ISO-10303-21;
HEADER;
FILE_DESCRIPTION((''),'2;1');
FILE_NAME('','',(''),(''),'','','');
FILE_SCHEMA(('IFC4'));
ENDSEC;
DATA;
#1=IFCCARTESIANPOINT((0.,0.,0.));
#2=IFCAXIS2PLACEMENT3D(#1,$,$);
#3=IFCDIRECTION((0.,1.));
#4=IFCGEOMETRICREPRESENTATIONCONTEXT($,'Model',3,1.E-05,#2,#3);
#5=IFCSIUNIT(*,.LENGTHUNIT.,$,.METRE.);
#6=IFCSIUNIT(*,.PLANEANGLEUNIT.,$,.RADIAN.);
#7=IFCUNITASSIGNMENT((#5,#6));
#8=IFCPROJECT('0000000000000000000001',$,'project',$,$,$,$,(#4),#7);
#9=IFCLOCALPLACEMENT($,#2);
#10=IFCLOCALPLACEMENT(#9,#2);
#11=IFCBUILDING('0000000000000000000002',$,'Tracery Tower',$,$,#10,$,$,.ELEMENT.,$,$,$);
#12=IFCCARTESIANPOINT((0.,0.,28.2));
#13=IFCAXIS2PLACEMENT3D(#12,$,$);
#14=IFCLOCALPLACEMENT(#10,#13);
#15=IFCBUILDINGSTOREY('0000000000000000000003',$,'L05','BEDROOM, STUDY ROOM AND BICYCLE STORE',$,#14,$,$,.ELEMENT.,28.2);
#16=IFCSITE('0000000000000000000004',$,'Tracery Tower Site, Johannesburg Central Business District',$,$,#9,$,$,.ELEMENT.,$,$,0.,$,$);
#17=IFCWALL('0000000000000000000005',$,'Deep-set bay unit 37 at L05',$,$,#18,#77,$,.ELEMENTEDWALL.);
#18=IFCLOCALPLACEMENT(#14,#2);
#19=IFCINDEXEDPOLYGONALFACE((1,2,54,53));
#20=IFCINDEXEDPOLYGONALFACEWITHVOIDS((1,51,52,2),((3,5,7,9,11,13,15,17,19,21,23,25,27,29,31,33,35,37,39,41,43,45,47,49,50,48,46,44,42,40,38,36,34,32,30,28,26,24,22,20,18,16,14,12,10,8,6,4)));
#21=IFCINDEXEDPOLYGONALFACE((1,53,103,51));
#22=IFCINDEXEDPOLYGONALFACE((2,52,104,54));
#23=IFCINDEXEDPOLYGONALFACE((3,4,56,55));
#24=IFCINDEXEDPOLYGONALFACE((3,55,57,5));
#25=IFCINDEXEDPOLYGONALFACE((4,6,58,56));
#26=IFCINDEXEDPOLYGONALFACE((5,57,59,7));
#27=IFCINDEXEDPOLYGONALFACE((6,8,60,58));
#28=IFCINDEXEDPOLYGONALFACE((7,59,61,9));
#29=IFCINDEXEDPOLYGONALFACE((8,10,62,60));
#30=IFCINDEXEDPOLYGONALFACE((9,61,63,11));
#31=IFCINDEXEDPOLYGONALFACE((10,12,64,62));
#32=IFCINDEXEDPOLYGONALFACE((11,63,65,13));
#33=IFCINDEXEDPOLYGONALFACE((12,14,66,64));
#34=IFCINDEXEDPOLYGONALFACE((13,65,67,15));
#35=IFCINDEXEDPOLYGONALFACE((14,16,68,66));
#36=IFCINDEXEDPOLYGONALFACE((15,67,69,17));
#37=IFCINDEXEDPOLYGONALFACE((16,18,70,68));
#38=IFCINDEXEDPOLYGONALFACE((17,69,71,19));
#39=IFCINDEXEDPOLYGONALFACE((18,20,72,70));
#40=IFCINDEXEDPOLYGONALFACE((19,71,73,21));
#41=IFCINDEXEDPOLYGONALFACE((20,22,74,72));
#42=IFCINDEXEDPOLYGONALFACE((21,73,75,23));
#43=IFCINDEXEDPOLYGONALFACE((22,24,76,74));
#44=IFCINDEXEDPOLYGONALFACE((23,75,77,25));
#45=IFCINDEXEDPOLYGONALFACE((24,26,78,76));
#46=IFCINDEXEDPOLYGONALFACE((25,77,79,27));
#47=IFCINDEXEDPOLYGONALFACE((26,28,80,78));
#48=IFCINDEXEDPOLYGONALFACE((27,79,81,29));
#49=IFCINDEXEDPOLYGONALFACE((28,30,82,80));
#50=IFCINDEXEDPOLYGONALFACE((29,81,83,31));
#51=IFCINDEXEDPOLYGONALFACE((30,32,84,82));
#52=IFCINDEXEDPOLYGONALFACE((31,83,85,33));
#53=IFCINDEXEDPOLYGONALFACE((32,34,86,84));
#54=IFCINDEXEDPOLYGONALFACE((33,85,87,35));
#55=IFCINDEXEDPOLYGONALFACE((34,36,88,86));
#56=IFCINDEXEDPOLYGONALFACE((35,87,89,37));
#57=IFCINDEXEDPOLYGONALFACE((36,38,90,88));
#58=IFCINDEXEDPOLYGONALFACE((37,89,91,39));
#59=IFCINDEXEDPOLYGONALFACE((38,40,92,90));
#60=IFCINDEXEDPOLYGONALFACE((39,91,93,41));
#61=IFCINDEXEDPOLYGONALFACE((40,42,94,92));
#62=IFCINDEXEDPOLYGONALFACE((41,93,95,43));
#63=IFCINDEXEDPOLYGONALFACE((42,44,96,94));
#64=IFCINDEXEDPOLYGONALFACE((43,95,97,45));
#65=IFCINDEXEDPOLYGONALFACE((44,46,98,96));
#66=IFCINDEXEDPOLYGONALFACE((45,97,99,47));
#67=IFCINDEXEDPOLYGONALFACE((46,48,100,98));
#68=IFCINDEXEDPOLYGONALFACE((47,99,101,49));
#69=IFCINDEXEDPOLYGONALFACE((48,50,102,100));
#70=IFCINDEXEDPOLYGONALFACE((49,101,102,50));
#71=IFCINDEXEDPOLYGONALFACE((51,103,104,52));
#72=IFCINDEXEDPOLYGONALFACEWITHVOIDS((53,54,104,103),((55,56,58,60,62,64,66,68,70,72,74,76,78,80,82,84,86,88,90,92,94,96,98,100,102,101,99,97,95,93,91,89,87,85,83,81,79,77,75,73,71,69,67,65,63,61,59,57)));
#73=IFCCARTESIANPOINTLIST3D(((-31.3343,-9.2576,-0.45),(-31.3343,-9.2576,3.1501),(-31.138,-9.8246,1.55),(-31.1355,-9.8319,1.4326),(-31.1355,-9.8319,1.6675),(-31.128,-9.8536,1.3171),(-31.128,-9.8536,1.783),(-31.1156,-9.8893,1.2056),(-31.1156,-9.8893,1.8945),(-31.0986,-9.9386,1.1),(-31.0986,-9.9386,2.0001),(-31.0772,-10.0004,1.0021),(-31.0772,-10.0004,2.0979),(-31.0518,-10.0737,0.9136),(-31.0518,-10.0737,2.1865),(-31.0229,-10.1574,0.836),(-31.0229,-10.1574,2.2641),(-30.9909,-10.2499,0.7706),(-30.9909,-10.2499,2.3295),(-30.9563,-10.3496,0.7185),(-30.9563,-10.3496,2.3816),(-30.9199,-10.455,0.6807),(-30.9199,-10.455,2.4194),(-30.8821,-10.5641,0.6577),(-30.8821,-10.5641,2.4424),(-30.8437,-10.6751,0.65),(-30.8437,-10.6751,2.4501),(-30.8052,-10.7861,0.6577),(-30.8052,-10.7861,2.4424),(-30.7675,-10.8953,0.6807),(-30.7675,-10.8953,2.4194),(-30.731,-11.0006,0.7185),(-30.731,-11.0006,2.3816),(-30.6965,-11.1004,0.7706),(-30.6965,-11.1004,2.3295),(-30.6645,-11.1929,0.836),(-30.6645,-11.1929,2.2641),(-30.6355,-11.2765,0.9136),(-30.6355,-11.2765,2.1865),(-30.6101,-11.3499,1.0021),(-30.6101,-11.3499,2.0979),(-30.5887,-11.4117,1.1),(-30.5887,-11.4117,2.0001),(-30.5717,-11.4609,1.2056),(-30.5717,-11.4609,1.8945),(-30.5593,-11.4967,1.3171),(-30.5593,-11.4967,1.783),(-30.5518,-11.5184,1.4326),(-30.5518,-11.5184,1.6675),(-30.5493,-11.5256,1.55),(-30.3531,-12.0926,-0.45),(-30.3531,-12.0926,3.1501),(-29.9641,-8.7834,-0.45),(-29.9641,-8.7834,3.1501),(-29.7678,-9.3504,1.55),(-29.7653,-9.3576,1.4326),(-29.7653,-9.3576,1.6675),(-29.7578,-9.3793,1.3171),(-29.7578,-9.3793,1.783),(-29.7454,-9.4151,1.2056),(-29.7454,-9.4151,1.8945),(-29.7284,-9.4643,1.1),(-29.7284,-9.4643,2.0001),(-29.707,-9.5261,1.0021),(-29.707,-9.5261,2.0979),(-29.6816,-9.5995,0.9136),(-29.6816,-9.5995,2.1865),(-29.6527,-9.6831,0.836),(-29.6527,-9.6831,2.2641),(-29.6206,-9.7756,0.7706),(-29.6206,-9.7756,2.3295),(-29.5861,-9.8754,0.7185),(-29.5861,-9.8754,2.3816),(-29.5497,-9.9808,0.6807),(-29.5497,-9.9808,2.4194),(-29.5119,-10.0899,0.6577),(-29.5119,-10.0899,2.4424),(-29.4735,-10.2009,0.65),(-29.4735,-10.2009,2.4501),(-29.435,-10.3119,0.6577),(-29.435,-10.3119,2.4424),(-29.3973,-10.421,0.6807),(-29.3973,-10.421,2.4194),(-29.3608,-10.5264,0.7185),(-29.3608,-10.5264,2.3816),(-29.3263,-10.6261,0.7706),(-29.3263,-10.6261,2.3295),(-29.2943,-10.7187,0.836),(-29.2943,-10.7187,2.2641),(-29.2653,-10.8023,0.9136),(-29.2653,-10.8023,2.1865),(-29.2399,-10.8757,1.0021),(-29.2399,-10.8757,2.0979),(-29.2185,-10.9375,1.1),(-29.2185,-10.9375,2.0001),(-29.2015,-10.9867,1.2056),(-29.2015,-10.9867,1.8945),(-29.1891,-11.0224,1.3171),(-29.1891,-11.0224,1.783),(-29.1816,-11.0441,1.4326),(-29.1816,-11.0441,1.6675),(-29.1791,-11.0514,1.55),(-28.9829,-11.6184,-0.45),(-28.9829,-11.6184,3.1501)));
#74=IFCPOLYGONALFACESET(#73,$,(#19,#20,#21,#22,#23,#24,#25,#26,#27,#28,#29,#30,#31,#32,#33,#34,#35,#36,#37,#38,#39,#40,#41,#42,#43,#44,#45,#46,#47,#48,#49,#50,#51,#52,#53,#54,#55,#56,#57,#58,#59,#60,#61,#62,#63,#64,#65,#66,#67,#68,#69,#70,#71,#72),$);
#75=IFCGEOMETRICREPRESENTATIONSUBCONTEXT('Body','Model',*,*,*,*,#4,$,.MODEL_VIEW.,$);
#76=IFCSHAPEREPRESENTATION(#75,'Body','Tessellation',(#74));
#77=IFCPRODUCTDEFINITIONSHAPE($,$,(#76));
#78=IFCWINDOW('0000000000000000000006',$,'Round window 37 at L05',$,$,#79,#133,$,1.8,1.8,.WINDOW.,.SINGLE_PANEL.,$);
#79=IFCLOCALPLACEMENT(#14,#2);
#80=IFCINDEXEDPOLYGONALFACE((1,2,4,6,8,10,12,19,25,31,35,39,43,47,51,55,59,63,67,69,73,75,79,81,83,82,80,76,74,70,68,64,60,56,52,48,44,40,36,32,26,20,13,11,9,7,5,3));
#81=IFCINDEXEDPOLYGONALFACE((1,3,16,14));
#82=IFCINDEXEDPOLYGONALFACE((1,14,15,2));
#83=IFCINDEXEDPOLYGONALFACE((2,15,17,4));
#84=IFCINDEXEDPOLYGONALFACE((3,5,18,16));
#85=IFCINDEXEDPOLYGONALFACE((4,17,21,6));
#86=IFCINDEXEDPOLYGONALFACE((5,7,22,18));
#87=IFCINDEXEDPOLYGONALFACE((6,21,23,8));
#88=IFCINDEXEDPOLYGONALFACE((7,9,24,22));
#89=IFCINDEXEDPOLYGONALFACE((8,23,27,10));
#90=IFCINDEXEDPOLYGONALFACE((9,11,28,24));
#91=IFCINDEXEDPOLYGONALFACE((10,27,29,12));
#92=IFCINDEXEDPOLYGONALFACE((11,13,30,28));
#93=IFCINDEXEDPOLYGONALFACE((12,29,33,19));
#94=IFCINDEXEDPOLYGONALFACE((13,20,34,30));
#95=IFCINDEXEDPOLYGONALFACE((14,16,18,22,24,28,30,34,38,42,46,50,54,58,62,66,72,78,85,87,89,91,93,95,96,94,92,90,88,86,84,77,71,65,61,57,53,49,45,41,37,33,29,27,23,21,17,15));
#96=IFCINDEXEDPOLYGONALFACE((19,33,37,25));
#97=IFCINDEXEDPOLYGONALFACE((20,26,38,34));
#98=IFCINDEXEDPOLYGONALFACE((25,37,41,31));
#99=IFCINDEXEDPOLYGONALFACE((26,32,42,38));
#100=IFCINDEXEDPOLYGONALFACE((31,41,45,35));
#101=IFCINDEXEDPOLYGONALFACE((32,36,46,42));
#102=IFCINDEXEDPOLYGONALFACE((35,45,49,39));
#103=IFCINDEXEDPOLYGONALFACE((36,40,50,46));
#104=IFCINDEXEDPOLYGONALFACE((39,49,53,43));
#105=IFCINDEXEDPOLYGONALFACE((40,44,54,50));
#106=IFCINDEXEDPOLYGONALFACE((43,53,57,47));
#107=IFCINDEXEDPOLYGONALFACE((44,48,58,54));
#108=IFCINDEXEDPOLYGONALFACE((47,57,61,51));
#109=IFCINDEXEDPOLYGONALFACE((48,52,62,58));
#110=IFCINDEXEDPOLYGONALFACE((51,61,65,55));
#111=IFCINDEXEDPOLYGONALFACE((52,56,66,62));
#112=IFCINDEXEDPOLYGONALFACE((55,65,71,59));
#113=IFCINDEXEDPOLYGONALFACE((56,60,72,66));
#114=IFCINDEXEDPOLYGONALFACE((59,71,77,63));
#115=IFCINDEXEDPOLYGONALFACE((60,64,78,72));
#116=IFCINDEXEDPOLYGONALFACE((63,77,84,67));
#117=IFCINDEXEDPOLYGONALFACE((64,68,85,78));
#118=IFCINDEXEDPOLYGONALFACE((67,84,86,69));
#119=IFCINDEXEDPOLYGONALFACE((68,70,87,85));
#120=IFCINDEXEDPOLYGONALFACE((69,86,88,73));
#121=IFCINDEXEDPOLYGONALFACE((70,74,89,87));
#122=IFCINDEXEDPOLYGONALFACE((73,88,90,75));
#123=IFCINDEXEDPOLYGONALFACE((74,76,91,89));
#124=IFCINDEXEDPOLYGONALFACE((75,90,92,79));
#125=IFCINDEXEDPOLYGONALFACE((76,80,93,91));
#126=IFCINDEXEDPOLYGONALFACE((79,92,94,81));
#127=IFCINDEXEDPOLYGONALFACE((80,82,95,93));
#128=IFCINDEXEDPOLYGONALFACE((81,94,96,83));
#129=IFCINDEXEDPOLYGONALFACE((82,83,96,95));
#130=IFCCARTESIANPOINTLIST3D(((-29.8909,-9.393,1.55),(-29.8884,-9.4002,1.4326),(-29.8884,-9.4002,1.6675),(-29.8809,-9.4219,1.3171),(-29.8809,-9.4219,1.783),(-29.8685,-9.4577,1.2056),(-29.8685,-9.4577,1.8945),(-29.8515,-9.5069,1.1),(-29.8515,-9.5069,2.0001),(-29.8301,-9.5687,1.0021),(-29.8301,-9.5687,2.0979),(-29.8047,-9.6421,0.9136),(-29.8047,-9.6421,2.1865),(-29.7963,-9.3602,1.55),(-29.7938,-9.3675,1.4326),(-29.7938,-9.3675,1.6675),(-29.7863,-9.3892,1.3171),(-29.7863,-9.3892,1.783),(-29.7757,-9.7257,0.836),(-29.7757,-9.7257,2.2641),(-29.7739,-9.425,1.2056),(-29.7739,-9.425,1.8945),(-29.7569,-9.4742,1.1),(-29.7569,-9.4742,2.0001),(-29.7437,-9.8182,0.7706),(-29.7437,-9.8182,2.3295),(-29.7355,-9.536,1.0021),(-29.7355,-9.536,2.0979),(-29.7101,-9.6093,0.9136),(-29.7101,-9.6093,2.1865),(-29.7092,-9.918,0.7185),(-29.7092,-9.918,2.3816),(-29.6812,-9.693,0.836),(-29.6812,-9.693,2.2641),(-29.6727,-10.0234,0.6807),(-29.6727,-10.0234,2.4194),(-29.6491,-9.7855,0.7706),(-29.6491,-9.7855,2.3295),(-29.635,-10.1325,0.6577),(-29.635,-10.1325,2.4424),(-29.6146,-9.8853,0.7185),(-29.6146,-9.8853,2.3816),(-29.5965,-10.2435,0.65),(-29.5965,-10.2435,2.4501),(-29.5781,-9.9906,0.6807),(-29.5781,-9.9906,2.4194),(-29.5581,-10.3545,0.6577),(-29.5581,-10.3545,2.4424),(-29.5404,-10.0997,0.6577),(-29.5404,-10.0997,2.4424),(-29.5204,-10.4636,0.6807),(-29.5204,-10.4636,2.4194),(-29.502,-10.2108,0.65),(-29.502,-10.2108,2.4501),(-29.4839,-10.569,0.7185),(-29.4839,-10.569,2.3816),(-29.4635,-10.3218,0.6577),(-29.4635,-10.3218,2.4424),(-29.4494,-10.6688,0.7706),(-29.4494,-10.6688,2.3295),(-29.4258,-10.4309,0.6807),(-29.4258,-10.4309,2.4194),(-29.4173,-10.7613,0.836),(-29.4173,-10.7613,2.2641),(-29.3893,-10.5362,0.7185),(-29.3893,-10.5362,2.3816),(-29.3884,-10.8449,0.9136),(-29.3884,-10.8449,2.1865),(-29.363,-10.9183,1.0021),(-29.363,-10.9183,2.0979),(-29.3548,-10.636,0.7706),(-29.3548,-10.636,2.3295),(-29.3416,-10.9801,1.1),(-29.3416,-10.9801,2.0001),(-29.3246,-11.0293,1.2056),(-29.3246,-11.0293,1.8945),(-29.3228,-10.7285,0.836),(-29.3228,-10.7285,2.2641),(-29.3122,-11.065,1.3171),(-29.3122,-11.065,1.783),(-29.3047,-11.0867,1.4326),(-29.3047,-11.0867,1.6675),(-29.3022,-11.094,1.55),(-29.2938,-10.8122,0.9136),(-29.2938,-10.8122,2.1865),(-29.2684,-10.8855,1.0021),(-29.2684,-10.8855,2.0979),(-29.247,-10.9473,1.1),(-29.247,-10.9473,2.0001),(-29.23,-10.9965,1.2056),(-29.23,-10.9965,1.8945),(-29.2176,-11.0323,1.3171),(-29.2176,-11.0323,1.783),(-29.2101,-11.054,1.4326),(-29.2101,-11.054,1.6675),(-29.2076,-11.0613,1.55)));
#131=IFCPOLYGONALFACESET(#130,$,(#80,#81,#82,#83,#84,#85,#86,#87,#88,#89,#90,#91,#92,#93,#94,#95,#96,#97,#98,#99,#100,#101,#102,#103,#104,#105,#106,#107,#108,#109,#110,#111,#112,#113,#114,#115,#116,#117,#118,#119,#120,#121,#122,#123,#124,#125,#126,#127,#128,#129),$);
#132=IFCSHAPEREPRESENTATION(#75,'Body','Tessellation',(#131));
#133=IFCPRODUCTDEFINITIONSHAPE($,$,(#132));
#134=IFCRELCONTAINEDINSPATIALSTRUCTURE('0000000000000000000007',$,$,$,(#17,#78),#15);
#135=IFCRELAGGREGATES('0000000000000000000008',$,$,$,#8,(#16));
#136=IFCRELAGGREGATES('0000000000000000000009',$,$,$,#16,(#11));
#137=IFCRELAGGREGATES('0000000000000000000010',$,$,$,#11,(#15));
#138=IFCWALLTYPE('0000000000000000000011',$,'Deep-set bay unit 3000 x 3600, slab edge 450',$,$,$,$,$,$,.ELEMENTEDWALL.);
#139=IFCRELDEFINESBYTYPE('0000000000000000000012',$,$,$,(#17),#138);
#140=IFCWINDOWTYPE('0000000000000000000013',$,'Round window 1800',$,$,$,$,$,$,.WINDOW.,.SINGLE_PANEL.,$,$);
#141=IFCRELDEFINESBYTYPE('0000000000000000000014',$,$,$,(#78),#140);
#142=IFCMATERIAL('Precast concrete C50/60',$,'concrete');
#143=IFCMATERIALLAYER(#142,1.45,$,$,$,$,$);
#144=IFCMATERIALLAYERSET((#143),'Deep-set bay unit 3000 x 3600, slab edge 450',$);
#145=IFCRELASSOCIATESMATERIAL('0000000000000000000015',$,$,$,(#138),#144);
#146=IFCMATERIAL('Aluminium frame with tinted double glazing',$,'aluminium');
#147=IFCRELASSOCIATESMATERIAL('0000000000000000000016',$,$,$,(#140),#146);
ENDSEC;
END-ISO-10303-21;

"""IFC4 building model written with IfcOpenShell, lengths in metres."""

from ifc_helpers import new_model, si_unit, direction, frame, frame_2d, origin, origin_2d, place, context, subcontext, project, spatial, rectangle, circle, extrude, material, layer, layer_set, type_object, element, fill, save


model = new_model("IFC4")

# Units and contexts
model_context = context("Model", 3, precision=1e-05, world=origin(), true_north=direction((0.0, 1.0)))
body_context = subcontext(model_context, "Body", "Model", "MODEL_VIEW")
ifc_project = project(units=[si_unit("LENGTHUNIT", "METRE"), si_unit("PLANEANGLEUNIT", "RADIAN")], contexts=[model_context])

# Site, building, storey
site_placement = place(None, origin())
site = spatial("IfcSite", under=ifc_project, at=site_placement, Name="Tracery Tower Site, Johannesburg Central Business District", CompositionType="ELEMENT", RefElevation=0.0)
building_placement = place(site_placement, origin())
building = spatial("IfcBuilding", under=site, at=building_placement, Name="Tracery Tower", CompositionType="ELEMENT")
storey_placement = place(building_placement, frame((0.0, 0.0, 28.2)))
storey = spatial("IfcBuildingStorey", under=building, at=storey_placement, Name="L05", Description="BEDROOM, STUDY ROOM AND BICYCLE STORE", CompositionType="ELEMENT", Elevation=28.2)

# Wall, opening, window
ifc_material_1 = material(Name="Precast concrete C50/60", Category="concrete")
ifc_layer_1 = layer(ifc_material_1, 1.45)
ifc_layer_set_1 = layer_set([ifc_layer_1], Name="Deep-set bay unit 3000 x 3600, slab edge 450")
wall_type_1 = type_object("IfcWallType", Name="Deep-set bay unit 3000 x 3600, slab edge 450", PredefinedType="ELEMENTEDWALL", material=ifc_layer_set_1)
wall_1_placement = place(storey_placement, frame((-30.6492, -9.0205, -0.45), z_axis=(0.0, 0.0, 1.0), x_axis=(0.327071, -0.945, 0.0)))
wall_1 = element("IfcWall", 1, at=wall_1_placement, inside=storey, type_object=wall_type_1, Name="Deep-set bay unit 37 at L05", PredefinedType="ELEMENTEDWALL", context=body_context, shape_type="SweptSolid", body=[
    extrude(rectangle(XDim=3.0, YDim=1.45, at=frame_2d((1.5, 0.0))), origin(), (0.0, 0.0, 1.0), 3.6001),
])
opening_1_placement = place(wall_1_placement, frame((1.5, 0.0, 2.0)))
opening_1 = element("IfcOpeningElement", 2, at=opening_1_placement, cuts=wall_1, PredefinedType="OPENING", context=body_context, shape_type="SweptSolid", body=[
    extrude(circle(Radius=0.9, at=origin_2d()), frame((0.0, 0.7349, 0.0), z_axis=(0.0, -1.0, 0.0), x_axis=(1.0, 0.0, 0.0)), (0.0, 0.0, 1.0), 1.47),
])
ifc_material_2 = material(Name="Aluminium frame with tinted double glazing", Category="aluminium")
window_type = type_object("IfcWindowType", Name="Round window 1800", PartitioningType="SINGLE_PANEL", PredefinedType="WINDOW", material=ifc_material_2)
window_1_placement = place(opening_1_placement, origin())
window_1 = element("IfcWindow", 3, at=window_1_placement, inside=storey, type_object=window_type, Name="Round window 37 at L05", OverallHeight=1.8, OverallWidth=1.8, PartitioningType="SINGLE_PANEL", PredefinedType="WINDOW", context=body_context, shape_type="SweptSolid", body=[
    extrude(circle(Radius=0.9, at=origin_2d()), frame((0.0, 0.6948, 0.0), z_axis=(0.0, -1.0, 0.0), x_axis=(1.0, 0.0, 0.0)), (0.0, 0.0, 1.0), 0.1001),
])
fill(opening_1, window_1)

save(model, "model.ifc")
